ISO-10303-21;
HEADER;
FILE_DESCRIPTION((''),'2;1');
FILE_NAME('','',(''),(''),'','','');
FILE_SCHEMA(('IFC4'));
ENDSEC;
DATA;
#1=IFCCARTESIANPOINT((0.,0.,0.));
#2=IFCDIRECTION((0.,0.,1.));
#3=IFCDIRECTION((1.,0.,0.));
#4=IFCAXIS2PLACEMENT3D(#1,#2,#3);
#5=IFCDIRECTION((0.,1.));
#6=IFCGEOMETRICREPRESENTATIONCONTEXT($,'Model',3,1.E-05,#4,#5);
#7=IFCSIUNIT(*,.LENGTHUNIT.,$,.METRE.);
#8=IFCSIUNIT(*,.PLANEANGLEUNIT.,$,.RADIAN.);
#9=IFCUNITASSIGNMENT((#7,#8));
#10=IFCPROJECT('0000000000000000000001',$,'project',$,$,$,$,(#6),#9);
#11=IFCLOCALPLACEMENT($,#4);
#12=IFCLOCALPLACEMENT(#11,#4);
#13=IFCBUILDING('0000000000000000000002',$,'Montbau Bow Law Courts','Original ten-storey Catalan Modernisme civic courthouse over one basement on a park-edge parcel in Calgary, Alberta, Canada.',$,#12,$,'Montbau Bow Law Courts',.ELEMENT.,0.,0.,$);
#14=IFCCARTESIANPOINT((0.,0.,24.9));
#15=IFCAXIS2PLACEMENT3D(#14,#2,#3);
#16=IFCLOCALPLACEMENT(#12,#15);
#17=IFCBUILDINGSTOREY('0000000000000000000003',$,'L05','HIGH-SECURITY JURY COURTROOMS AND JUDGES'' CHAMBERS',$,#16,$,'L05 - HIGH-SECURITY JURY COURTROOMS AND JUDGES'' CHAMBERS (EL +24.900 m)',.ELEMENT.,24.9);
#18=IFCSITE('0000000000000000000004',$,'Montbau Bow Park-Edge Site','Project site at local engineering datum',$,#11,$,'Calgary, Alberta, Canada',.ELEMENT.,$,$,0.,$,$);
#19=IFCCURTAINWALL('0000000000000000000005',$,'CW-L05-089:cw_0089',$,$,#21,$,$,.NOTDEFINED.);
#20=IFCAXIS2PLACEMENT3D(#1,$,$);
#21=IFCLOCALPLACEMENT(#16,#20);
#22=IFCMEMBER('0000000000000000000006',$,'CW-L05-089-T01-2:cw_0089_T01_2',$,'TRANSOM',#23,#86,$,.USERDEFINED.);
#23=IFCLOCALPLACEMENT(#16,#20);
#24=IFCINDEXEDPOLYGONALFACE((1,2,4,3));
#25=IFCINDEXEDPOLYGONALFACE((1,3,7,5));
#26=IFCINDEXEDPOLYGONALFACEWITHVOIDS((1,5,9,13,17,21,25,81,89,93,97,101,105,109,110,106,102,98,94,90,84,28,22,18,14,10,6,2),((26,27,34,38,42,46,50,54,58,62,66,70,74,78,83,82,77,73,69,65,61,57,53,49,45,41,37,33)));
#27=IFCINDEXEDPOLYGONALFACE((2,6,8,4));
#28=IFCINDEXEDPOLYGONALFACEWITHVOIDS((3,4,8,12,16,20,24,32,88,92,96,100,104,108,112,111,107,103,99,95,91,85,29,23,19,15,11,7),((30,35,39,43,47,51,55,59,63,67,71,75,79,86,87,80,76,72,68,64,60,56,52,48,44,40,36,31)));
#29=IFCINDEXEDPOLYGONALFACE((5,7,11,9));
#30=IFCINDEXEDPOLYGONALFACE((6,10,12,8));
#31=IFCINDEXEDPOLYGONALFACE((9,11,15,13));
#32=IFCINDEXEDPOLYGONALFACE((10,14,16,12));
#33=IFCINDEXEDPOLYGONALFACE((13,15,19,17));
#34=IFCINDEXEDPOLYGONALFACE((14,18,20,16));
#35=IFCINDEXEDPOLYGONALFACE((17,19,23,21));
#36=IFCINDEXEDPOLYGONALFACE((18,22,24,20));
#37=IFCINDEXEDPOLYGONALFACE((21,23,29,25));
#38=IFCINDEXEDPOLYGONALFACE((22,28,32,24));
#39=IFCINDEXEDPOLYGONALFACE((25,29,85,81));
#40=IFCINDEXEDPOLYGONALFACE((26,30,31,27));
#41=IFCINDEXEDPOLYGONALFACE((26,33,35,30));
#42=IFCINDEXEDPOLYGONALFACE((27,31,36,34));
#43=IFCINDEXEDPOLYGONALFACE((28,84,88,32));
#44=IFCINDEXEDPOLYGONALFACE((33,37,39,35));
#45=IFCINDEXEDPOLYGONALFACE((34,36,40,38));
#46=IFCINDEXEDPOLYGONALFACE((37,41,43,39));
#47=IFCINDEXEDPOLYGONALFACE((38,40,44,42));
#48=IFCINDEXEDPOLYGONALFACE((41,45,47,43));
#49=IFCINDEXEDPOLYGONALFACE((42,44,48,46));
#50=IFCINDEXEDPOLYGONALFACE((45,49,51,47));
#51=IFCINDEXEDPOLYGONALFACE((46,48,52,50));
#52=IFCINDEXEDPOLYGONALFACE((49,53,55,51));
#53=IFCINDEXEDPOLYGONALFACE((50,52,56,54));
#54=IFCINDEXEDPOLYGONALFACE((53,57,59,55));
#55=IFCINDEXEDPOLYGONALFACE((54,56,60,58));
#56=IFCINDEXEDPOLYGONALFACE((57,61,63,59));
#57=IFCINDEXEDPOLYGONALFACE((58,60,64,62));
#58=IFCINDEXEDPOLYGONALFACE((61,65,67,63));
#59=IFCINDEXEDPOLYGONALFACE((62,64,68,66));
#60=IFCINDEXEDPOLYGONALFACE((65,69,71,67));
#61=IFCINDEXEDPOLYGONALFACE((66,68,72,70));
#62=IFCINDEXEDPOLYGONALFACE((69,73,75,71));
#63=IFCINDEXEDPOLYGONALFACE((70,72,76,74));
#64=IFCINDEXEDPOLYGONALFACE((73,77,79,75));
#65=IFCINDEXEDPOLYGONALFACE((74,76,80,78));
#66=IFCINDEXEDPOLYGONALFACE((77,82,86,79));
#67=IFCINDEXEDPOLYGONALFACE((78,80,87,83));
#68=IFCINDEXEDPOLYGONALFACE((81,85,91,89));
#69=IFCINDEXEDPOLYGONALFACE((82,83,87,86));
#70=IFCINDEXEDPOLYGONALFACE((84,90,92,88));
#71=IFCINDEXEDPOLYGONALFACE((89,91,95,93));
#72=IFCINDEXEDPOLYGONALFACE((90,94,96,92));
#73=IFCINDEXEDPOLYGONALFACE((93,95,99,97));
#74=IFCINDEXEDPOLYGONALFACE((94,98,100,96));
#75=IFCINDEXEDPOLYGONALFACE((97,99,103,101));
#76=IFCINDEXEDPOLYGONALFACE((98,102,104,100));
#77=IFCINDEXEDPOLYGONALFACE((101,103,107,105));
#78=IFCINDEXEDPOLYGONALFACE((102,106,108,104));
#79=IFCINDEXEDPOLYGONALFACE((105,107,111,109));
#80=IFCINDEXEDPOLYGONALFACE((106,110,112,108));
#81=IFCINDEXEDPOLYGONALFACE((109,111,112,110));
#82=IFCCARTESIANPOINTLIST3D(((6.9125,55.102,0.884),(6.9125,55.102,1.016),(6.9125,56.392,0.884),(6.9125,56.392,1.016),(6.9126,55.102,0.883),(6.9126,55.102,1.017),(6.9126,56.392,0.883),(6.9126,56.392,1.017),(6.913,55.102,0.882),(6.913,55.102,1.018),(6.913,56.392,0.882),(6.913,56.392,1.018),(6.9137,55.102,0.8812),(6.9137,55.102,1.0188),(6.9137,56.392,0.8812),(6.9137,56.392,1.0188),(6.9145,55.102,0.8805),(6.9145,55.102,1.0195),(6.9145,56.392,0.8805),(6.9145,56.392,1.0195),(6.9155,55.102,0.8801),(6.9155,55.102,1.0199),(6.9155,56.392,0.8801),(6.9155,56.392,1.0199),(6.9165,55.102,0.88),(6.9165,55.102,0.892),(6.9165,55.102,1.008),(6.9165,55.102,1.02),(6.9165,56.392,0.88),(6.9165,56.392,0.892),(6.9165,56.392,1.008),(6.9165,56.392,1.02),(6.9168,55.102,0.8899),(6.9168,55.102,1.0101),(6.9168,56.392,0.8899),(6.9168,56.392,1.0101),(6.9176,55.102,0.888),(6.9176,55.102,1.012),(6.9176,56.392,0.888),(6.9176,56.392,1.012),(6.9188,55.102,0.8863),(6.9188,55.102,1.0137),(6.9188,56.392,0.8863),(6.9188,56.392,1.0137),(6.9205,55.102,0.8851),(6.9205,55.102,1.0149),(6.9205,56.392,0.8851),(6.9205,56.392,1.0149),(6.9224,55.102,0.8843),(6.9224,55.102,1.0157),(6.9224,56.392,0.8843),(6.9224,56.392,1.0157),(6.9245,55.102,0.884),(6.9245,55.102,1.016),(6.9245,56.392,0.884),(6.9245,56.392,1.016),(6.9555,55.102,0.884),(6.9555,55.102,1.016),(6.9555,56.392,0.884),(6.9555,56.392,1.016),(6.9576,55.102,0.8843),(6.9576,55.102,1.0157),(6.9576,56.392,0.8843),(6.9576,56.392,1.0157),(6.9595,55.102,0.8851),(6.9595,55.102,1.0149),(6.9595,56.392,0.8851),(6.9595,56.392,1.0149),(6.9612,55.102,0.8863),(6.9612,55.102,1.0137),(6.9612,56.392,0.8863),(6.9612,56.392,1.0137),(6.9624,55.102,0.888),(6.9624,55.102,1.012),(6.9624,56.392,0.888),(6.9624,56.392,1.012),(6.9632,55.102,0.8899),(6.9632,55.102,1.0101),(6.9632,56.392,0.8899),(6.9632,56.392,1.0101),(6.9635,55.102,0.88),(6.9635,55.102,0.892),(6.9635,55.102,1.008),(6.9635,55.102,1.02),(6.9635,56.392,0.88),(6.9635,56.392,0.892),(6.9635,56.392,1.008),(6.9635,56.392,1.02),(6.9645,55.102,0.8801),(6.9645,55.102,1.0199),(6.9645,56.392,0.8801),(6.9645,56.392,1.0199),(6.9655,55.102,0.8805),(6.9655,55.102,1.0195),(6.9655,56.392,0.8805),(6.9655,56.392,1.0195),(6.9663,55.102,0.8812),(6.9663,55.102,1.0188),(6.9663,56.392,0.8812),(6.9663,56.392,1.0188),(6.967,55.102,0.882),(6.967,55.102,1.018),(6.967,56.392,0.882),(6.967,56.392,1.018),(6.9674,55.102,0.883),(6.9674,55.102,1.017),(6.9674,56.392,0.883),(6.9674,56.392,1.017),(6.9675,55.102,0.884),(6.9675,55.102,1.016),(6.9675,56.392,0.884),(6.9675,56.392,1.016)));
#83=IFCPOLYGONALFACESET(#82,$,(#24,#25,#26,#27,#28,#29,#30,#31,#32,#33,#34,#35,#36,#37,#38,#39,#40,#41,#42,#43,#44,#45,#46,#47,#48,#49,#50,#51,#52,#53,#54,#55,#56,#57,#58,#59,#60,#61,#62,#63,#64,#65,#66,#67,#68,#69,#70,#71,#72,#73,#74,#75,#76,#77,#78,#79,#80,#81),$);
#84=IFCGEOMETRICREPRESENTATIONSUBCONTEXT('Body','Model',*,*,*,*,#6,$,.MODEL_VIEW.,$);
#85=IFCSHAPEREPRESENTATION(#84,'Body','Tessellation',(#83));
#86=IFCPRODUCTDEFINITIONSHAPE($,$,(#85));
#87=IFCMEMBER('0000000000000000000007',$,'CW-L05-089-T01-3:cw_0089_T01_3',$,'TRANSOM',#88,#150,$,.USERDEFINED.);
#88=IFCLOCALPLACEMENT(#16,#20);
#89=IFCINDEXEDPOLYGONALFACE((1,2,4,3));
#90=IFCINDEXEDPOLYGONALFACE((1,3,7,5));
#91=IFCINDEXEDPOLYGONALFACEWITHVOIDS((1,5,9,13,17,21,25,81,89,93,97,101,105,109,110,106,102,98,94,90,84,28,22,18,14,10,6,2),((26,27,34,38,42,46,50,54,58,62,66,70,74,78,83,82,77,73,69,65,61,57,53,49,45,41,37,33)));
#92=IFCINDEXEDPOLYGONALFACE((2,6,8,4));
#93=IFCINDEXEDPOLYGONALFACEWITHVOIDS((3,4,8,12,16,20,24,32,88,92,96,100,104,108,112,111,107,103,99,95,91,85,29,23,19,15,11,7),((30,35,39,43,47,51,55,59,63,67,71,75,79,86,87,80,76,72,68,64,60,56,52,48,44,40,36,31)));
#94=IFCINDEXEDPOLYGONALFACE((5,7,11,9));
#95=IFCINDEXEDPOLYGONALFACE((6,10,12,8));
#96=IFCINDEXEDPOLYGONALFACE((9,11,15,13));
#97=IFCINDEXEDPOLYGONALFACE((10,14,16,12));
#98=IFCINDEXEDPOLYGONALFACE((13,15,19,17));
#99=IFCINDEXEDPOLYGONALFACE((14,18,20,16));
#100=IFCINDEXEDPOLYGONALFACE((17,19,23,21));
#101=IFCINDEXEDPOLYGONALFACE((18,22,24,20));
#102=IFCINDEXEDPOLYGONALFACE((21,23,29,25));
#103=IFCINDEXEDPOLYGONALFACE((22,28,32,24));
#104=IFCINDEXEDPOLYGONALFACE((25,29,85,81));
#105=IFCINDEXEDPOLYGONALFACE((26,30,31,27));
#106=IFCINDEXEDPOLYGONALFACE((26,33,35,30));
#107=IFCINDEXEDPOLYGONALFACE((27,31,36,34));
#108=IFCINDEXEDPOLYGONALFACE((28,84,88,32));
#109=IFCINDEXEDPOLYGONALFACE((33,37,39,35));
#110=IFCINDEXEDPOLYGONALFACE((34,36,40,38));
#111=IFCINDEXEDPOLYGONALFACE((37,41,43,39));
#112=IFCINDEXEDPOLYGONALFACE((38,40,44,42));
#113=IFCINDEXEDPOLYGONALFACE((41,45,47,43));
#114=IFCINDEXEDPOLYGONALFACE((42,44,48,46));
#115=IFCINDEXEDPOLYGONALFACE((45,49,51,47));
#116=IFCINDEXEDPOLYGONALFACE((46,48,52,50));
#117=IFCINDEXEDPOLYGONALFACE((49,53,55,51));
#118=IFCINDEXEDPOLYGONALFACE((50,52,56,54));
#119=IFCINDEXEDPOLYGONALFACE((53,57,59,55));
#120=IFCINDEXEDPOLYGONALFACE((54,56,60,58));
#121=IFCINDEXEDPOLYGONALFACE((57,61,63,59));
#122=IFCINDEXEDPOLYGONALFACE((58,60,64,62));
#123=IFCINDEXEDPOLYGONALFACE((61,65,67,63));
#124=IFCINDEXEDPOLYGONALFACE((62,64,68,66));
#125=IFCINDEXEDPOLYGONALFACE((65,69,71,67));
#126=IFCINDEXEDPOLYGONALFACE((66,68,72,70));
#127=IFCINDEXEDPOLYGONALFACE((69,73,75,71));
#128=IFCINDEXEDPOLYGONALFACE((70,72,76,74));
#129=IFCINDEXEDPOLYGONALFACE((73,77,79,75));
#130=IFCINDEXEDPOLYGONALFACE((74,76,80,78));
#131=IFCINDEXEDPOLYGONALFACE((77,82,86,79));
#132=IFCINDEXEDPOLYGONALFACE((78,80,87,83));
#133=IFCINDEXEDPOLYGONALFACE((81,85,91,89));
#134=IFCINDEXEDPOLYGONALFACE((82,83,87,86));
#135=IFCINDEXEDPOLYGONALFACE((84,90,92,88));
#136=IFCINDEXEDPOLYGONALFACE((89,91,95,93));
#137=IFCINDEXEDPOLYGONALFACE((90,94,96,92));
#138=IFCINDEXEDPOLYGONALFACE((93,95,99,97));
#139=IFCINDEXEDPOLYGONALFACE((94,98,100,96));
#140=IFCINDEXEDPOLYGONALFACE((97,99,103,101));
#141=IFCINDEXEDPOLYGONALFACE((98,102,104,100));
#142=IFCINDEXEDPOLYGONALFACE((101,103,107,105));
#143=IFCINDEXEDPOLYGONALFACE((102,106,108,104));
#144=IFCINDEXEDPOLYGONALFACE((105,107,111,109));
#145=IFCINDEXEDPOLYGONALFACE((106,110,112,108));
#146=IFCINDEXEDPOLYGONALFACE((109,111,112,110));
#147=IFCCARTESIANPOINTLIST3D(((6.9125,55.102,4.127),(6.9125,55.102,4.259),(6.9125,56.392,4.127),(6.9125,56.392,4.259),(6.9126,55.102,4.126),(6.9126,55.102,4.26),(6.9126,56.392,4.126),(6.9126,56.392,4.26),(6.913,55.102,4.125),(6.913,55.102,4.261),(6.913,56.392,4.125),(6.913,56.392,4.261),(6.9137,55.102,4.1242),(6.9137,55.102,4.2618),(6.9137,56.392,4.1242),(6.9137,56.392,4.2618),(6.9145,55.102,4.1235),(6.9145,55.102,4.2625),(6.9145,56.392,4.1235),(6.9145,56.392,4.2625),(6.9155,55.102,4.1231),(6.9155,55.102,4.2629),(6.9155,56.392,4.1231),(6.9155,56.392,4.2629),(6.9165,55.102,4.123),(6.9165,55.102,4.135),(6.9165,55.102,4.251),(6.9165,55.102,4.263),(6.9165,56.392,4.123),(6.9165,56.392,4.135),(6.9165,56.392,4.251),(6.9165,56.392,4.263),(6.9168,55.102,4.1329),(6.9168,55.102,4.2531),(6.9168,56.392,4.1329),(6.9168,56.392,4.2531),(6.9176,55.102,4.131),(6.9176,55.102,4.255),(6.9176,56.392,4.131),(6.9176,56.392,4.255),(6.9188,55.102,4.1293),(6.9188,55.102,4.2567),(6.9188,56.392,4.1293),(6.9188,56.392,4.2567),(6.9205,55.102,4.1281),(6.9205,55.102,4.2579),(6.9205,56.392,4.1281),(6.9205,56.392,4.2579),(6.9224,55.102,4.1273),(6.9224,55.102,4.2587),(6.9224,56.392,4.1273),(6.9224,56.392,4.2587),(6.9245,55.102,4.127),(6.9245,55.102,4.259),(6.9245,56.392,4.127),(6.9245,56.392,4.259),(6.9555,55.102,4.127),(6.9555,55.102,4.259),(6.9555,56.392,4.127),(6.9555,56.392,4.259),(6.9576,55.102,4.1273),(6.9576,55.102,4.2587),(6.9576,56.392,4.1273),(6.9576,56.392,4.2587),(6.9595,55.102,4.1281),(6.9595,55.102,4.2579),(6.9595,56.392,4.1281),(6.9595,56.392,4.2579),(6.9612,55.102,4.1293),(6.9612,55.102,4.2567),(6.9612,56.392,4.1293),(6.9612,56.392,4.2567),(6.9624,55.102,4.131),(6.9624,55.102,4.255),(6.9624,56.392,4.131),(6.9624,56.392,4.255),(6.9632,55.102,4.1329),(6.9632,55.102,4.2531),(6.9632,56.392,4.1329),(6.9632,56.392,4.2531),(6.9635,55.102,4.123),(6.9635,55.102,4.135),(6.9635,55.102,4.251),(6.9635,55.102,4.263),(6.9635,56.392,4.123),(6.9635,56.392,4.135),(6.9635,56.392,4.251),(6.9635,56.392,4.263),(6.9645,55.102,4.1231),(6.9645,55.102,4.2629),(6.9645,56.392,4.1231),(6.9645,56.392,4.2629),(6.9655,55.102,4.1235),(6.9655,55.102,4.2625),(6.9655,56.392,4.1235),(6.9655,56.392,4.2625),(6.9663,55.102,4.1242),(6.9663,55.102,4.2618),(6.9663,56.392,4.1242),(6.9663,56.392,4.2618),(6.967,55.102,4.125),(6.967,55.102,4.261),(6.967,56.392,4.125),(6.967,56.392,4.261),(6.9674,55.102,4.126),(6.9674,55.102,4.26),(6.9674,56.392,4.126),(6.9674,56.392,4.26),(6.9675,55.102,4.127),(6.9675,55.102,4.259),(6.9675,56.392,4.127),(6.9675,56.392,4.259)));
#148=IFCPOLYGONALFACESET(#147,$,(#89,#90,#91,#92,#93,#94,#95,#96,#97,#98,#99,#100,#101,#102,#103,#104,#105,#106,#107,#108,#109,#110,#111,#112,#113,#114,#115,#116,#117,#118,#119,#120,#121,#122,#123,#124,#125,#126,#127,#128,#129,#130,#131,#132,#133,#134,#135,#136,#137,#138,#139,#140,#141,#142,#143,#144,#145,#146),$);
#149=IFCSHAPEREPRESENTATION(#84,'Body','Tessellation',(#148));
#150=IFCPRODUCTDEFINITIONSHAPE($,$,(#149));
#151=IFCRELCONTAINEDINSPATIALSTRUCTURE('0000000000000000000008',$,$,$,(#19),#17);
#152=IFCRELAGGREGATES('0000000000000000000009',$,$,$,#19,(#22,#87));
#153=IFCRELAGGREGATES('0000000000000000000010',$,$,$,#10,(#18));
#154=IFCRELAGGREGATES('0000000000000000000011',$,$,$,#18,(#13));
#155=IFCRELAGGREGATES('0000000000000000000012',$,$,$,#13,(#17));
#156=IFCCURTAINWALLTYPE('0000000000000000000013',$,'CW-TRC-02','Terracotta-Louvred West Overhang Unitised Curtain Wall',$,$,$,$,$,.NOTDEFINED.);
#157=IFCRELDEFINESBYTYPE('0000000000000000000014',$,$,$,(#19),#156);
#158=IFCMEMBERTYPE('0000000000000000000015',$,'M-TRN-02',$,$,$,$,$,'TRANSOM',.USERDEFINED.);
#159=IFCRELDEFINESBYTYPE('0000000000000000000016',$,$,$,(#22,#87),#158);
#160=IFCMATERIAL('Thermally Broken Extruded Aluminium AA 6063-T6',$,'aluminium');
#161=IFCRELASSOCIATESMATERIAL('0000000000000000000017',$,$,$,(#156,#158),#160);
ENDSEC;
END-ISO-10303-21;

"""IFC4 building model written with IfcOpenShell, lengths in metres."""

from ifc_helpers import new_model, si_unit, direction, frame, origin_with_axes, origin_2d_with_axis, place, context, subcontext, project, spatial, hollow_rectangle, extrude, material, material_profile, profile_set, type_object, element, aggregate, save


model = new_model("IFC4")

# Units and contexts
model_context = context("Model", 3, precision=1e-05, world=origin_with_axes(), true_north=direction((0.0, 1.0)))
body_context = subcontext(model_context, "Body", "Model", "MODEL_VIEW")
ifc_project = project(units=[si_unit("LENGTHUNIT", "METRE"), si_unit("PLANEANGLEUNIT", "RADIAN")], contexts=[model_context])

# Site, building, storey
site_placement = place(None, origin_with_axes())
site = spatial("IfcSite", under=ifc_project, at=site_placement, Name="Montbau Bow Park-Edge Site", Description="Project site at local engineering datum", LongName="Calgary, Alberta, Canada", CompositionType="ELEMENT", RefElevation=0.0)
building_placement = place(site_placement, origin_with_axes())
building = spatial("IfcBuilding", under=site, at=building_placement, Name="Montbau Bow Law Courts", Description="Original ten-storey Catalan Modernisme civic courthouse over one basement on a park-edge parcel in Calgary, Alberta, Canada.", LongName="Montbau Bow Law Courts", CompositionType="ELEMENT", ElevationOfRefHeight=0.0, ElevationOfTerrain=0.0)
storey_placement = place(building_placement, frame((0.0, 0.0, 24.9), z_axis=(0.0, 0.0, 1.0), x_axis=(1.0, 0.0, 0.0)))
storey = spatial("IfcBuildingStorey", under=building, at=storey_placement, Name="L05", Description="HIGH-SECURITY JURY COURTROOMS AND JUDGES' CHAMBERS", LongName="L05 - HIGH-SECURITY JURY COURTROOMS AND JUDGES' CHAMBERS (EL +24.900 m)", CompositionType="ELEMENT", Elevation=24.9)

# Curtain wall, members
ifc_material_1 = material(Name="Thermally Broken Extruded Aluminium AA 6063-T6", Category="aluminium")
curtain_wall_type = type_object("IfcCurtainWallType", Name="CW-TRC-02", Description="Terracotta-Louvred West Overhang Unitised Curtain Wall", PredefinedType="NOTDEFINED", material=ifc_material_1)
curtain_wall_1_placement = place(None, frame((6.94, 55.04, 24.9), z_axis=(0.0, 0.0, 1.0), x_axis=(1.0, 0.0, 0.0)))
curtain_wall_1 = element("IfcCurtainWall", 1, at=curtain_wall_1_placement, inside=storey, type_object=curtain_wall_type, Name="CW-L05-089:cw_0089", PredefinedType="NOTDEFINED")
ifc_material_profile_1 = material_profile(ifc_material_1, hollow_rectangle(XDim=0.055, YDim=0.14, WallThickness=0.004, InnerFilletRadius=0.008, OuterFilletRadius=0.004, at=origin_2d_with_axis()), Name="CWT-140X55", Category="Main", Priority=0)
ifc_profile_set_1 = profile_set([ifc_material_profile_1], Name="Thermally Broken Extruded Aluminium AA 6063-T6")
member_type_1 = type_object("IfcMemberType", Name="M-TRN-02", ElementType="TRANSOM", PredefinedType="USERDEFINED", material=ifc_profile_set_1)
member_1_placement = place(None, frame((6.94, 55.102, 25.85), z_axis=(0.0, 1.0, 0.0), x_axis=(-1.0, 0.0, 0.0)))
member_1 = element("IfcMember", 2, at=member_1_placement, type_object=member_type_1, Name="CW-L05-089-T01-2:cw_0089_T01_2", ObjectType="TRANSOM", PredefinedType="USERDEFINED", context=body_context, shape_type="SweptSolid", body=[
    extrude(hollow_rectangle(XDim=0.055, YDim=0.14, WallThickness=0.004, InnerFilletRadius=0.008, OuterFilletRadius=0.004, at=origin_2d_with_axis()), origin_with_axes(), (0.0, 0.0, 1.0), 1.29),
])
member_2_placement = place(None, frame((6.94, 55.102, 29.093), z_axis=(0.0, 1.0, 0.0), x_axis=(-1.0, 0.0, 0.0)))
member_2 = element("IfcMember", 3, at=member_2_placement, type_object=member_type_1, Name="CW-L05-089-T01-3:cw_0089_T01_3", ObjectType="TRANSOM", PredefinedType="USERDEFINED", context=body_context, shape_type="SweptSolid", body=[
    extrude(hollow_rectangle(XDim=0.055, YDim=0.14, WallThickness=0.004, InnerFilletRadius=0.008, OuterFilletRadius=0.004, at=origin_2d_with_axis()), origin_with_axes(), (0.0, 0.0, 1.0), 1.29),
])

aggregate(curtain_wall_1, [member_1, member_2])

save(model, "model.ifc")
